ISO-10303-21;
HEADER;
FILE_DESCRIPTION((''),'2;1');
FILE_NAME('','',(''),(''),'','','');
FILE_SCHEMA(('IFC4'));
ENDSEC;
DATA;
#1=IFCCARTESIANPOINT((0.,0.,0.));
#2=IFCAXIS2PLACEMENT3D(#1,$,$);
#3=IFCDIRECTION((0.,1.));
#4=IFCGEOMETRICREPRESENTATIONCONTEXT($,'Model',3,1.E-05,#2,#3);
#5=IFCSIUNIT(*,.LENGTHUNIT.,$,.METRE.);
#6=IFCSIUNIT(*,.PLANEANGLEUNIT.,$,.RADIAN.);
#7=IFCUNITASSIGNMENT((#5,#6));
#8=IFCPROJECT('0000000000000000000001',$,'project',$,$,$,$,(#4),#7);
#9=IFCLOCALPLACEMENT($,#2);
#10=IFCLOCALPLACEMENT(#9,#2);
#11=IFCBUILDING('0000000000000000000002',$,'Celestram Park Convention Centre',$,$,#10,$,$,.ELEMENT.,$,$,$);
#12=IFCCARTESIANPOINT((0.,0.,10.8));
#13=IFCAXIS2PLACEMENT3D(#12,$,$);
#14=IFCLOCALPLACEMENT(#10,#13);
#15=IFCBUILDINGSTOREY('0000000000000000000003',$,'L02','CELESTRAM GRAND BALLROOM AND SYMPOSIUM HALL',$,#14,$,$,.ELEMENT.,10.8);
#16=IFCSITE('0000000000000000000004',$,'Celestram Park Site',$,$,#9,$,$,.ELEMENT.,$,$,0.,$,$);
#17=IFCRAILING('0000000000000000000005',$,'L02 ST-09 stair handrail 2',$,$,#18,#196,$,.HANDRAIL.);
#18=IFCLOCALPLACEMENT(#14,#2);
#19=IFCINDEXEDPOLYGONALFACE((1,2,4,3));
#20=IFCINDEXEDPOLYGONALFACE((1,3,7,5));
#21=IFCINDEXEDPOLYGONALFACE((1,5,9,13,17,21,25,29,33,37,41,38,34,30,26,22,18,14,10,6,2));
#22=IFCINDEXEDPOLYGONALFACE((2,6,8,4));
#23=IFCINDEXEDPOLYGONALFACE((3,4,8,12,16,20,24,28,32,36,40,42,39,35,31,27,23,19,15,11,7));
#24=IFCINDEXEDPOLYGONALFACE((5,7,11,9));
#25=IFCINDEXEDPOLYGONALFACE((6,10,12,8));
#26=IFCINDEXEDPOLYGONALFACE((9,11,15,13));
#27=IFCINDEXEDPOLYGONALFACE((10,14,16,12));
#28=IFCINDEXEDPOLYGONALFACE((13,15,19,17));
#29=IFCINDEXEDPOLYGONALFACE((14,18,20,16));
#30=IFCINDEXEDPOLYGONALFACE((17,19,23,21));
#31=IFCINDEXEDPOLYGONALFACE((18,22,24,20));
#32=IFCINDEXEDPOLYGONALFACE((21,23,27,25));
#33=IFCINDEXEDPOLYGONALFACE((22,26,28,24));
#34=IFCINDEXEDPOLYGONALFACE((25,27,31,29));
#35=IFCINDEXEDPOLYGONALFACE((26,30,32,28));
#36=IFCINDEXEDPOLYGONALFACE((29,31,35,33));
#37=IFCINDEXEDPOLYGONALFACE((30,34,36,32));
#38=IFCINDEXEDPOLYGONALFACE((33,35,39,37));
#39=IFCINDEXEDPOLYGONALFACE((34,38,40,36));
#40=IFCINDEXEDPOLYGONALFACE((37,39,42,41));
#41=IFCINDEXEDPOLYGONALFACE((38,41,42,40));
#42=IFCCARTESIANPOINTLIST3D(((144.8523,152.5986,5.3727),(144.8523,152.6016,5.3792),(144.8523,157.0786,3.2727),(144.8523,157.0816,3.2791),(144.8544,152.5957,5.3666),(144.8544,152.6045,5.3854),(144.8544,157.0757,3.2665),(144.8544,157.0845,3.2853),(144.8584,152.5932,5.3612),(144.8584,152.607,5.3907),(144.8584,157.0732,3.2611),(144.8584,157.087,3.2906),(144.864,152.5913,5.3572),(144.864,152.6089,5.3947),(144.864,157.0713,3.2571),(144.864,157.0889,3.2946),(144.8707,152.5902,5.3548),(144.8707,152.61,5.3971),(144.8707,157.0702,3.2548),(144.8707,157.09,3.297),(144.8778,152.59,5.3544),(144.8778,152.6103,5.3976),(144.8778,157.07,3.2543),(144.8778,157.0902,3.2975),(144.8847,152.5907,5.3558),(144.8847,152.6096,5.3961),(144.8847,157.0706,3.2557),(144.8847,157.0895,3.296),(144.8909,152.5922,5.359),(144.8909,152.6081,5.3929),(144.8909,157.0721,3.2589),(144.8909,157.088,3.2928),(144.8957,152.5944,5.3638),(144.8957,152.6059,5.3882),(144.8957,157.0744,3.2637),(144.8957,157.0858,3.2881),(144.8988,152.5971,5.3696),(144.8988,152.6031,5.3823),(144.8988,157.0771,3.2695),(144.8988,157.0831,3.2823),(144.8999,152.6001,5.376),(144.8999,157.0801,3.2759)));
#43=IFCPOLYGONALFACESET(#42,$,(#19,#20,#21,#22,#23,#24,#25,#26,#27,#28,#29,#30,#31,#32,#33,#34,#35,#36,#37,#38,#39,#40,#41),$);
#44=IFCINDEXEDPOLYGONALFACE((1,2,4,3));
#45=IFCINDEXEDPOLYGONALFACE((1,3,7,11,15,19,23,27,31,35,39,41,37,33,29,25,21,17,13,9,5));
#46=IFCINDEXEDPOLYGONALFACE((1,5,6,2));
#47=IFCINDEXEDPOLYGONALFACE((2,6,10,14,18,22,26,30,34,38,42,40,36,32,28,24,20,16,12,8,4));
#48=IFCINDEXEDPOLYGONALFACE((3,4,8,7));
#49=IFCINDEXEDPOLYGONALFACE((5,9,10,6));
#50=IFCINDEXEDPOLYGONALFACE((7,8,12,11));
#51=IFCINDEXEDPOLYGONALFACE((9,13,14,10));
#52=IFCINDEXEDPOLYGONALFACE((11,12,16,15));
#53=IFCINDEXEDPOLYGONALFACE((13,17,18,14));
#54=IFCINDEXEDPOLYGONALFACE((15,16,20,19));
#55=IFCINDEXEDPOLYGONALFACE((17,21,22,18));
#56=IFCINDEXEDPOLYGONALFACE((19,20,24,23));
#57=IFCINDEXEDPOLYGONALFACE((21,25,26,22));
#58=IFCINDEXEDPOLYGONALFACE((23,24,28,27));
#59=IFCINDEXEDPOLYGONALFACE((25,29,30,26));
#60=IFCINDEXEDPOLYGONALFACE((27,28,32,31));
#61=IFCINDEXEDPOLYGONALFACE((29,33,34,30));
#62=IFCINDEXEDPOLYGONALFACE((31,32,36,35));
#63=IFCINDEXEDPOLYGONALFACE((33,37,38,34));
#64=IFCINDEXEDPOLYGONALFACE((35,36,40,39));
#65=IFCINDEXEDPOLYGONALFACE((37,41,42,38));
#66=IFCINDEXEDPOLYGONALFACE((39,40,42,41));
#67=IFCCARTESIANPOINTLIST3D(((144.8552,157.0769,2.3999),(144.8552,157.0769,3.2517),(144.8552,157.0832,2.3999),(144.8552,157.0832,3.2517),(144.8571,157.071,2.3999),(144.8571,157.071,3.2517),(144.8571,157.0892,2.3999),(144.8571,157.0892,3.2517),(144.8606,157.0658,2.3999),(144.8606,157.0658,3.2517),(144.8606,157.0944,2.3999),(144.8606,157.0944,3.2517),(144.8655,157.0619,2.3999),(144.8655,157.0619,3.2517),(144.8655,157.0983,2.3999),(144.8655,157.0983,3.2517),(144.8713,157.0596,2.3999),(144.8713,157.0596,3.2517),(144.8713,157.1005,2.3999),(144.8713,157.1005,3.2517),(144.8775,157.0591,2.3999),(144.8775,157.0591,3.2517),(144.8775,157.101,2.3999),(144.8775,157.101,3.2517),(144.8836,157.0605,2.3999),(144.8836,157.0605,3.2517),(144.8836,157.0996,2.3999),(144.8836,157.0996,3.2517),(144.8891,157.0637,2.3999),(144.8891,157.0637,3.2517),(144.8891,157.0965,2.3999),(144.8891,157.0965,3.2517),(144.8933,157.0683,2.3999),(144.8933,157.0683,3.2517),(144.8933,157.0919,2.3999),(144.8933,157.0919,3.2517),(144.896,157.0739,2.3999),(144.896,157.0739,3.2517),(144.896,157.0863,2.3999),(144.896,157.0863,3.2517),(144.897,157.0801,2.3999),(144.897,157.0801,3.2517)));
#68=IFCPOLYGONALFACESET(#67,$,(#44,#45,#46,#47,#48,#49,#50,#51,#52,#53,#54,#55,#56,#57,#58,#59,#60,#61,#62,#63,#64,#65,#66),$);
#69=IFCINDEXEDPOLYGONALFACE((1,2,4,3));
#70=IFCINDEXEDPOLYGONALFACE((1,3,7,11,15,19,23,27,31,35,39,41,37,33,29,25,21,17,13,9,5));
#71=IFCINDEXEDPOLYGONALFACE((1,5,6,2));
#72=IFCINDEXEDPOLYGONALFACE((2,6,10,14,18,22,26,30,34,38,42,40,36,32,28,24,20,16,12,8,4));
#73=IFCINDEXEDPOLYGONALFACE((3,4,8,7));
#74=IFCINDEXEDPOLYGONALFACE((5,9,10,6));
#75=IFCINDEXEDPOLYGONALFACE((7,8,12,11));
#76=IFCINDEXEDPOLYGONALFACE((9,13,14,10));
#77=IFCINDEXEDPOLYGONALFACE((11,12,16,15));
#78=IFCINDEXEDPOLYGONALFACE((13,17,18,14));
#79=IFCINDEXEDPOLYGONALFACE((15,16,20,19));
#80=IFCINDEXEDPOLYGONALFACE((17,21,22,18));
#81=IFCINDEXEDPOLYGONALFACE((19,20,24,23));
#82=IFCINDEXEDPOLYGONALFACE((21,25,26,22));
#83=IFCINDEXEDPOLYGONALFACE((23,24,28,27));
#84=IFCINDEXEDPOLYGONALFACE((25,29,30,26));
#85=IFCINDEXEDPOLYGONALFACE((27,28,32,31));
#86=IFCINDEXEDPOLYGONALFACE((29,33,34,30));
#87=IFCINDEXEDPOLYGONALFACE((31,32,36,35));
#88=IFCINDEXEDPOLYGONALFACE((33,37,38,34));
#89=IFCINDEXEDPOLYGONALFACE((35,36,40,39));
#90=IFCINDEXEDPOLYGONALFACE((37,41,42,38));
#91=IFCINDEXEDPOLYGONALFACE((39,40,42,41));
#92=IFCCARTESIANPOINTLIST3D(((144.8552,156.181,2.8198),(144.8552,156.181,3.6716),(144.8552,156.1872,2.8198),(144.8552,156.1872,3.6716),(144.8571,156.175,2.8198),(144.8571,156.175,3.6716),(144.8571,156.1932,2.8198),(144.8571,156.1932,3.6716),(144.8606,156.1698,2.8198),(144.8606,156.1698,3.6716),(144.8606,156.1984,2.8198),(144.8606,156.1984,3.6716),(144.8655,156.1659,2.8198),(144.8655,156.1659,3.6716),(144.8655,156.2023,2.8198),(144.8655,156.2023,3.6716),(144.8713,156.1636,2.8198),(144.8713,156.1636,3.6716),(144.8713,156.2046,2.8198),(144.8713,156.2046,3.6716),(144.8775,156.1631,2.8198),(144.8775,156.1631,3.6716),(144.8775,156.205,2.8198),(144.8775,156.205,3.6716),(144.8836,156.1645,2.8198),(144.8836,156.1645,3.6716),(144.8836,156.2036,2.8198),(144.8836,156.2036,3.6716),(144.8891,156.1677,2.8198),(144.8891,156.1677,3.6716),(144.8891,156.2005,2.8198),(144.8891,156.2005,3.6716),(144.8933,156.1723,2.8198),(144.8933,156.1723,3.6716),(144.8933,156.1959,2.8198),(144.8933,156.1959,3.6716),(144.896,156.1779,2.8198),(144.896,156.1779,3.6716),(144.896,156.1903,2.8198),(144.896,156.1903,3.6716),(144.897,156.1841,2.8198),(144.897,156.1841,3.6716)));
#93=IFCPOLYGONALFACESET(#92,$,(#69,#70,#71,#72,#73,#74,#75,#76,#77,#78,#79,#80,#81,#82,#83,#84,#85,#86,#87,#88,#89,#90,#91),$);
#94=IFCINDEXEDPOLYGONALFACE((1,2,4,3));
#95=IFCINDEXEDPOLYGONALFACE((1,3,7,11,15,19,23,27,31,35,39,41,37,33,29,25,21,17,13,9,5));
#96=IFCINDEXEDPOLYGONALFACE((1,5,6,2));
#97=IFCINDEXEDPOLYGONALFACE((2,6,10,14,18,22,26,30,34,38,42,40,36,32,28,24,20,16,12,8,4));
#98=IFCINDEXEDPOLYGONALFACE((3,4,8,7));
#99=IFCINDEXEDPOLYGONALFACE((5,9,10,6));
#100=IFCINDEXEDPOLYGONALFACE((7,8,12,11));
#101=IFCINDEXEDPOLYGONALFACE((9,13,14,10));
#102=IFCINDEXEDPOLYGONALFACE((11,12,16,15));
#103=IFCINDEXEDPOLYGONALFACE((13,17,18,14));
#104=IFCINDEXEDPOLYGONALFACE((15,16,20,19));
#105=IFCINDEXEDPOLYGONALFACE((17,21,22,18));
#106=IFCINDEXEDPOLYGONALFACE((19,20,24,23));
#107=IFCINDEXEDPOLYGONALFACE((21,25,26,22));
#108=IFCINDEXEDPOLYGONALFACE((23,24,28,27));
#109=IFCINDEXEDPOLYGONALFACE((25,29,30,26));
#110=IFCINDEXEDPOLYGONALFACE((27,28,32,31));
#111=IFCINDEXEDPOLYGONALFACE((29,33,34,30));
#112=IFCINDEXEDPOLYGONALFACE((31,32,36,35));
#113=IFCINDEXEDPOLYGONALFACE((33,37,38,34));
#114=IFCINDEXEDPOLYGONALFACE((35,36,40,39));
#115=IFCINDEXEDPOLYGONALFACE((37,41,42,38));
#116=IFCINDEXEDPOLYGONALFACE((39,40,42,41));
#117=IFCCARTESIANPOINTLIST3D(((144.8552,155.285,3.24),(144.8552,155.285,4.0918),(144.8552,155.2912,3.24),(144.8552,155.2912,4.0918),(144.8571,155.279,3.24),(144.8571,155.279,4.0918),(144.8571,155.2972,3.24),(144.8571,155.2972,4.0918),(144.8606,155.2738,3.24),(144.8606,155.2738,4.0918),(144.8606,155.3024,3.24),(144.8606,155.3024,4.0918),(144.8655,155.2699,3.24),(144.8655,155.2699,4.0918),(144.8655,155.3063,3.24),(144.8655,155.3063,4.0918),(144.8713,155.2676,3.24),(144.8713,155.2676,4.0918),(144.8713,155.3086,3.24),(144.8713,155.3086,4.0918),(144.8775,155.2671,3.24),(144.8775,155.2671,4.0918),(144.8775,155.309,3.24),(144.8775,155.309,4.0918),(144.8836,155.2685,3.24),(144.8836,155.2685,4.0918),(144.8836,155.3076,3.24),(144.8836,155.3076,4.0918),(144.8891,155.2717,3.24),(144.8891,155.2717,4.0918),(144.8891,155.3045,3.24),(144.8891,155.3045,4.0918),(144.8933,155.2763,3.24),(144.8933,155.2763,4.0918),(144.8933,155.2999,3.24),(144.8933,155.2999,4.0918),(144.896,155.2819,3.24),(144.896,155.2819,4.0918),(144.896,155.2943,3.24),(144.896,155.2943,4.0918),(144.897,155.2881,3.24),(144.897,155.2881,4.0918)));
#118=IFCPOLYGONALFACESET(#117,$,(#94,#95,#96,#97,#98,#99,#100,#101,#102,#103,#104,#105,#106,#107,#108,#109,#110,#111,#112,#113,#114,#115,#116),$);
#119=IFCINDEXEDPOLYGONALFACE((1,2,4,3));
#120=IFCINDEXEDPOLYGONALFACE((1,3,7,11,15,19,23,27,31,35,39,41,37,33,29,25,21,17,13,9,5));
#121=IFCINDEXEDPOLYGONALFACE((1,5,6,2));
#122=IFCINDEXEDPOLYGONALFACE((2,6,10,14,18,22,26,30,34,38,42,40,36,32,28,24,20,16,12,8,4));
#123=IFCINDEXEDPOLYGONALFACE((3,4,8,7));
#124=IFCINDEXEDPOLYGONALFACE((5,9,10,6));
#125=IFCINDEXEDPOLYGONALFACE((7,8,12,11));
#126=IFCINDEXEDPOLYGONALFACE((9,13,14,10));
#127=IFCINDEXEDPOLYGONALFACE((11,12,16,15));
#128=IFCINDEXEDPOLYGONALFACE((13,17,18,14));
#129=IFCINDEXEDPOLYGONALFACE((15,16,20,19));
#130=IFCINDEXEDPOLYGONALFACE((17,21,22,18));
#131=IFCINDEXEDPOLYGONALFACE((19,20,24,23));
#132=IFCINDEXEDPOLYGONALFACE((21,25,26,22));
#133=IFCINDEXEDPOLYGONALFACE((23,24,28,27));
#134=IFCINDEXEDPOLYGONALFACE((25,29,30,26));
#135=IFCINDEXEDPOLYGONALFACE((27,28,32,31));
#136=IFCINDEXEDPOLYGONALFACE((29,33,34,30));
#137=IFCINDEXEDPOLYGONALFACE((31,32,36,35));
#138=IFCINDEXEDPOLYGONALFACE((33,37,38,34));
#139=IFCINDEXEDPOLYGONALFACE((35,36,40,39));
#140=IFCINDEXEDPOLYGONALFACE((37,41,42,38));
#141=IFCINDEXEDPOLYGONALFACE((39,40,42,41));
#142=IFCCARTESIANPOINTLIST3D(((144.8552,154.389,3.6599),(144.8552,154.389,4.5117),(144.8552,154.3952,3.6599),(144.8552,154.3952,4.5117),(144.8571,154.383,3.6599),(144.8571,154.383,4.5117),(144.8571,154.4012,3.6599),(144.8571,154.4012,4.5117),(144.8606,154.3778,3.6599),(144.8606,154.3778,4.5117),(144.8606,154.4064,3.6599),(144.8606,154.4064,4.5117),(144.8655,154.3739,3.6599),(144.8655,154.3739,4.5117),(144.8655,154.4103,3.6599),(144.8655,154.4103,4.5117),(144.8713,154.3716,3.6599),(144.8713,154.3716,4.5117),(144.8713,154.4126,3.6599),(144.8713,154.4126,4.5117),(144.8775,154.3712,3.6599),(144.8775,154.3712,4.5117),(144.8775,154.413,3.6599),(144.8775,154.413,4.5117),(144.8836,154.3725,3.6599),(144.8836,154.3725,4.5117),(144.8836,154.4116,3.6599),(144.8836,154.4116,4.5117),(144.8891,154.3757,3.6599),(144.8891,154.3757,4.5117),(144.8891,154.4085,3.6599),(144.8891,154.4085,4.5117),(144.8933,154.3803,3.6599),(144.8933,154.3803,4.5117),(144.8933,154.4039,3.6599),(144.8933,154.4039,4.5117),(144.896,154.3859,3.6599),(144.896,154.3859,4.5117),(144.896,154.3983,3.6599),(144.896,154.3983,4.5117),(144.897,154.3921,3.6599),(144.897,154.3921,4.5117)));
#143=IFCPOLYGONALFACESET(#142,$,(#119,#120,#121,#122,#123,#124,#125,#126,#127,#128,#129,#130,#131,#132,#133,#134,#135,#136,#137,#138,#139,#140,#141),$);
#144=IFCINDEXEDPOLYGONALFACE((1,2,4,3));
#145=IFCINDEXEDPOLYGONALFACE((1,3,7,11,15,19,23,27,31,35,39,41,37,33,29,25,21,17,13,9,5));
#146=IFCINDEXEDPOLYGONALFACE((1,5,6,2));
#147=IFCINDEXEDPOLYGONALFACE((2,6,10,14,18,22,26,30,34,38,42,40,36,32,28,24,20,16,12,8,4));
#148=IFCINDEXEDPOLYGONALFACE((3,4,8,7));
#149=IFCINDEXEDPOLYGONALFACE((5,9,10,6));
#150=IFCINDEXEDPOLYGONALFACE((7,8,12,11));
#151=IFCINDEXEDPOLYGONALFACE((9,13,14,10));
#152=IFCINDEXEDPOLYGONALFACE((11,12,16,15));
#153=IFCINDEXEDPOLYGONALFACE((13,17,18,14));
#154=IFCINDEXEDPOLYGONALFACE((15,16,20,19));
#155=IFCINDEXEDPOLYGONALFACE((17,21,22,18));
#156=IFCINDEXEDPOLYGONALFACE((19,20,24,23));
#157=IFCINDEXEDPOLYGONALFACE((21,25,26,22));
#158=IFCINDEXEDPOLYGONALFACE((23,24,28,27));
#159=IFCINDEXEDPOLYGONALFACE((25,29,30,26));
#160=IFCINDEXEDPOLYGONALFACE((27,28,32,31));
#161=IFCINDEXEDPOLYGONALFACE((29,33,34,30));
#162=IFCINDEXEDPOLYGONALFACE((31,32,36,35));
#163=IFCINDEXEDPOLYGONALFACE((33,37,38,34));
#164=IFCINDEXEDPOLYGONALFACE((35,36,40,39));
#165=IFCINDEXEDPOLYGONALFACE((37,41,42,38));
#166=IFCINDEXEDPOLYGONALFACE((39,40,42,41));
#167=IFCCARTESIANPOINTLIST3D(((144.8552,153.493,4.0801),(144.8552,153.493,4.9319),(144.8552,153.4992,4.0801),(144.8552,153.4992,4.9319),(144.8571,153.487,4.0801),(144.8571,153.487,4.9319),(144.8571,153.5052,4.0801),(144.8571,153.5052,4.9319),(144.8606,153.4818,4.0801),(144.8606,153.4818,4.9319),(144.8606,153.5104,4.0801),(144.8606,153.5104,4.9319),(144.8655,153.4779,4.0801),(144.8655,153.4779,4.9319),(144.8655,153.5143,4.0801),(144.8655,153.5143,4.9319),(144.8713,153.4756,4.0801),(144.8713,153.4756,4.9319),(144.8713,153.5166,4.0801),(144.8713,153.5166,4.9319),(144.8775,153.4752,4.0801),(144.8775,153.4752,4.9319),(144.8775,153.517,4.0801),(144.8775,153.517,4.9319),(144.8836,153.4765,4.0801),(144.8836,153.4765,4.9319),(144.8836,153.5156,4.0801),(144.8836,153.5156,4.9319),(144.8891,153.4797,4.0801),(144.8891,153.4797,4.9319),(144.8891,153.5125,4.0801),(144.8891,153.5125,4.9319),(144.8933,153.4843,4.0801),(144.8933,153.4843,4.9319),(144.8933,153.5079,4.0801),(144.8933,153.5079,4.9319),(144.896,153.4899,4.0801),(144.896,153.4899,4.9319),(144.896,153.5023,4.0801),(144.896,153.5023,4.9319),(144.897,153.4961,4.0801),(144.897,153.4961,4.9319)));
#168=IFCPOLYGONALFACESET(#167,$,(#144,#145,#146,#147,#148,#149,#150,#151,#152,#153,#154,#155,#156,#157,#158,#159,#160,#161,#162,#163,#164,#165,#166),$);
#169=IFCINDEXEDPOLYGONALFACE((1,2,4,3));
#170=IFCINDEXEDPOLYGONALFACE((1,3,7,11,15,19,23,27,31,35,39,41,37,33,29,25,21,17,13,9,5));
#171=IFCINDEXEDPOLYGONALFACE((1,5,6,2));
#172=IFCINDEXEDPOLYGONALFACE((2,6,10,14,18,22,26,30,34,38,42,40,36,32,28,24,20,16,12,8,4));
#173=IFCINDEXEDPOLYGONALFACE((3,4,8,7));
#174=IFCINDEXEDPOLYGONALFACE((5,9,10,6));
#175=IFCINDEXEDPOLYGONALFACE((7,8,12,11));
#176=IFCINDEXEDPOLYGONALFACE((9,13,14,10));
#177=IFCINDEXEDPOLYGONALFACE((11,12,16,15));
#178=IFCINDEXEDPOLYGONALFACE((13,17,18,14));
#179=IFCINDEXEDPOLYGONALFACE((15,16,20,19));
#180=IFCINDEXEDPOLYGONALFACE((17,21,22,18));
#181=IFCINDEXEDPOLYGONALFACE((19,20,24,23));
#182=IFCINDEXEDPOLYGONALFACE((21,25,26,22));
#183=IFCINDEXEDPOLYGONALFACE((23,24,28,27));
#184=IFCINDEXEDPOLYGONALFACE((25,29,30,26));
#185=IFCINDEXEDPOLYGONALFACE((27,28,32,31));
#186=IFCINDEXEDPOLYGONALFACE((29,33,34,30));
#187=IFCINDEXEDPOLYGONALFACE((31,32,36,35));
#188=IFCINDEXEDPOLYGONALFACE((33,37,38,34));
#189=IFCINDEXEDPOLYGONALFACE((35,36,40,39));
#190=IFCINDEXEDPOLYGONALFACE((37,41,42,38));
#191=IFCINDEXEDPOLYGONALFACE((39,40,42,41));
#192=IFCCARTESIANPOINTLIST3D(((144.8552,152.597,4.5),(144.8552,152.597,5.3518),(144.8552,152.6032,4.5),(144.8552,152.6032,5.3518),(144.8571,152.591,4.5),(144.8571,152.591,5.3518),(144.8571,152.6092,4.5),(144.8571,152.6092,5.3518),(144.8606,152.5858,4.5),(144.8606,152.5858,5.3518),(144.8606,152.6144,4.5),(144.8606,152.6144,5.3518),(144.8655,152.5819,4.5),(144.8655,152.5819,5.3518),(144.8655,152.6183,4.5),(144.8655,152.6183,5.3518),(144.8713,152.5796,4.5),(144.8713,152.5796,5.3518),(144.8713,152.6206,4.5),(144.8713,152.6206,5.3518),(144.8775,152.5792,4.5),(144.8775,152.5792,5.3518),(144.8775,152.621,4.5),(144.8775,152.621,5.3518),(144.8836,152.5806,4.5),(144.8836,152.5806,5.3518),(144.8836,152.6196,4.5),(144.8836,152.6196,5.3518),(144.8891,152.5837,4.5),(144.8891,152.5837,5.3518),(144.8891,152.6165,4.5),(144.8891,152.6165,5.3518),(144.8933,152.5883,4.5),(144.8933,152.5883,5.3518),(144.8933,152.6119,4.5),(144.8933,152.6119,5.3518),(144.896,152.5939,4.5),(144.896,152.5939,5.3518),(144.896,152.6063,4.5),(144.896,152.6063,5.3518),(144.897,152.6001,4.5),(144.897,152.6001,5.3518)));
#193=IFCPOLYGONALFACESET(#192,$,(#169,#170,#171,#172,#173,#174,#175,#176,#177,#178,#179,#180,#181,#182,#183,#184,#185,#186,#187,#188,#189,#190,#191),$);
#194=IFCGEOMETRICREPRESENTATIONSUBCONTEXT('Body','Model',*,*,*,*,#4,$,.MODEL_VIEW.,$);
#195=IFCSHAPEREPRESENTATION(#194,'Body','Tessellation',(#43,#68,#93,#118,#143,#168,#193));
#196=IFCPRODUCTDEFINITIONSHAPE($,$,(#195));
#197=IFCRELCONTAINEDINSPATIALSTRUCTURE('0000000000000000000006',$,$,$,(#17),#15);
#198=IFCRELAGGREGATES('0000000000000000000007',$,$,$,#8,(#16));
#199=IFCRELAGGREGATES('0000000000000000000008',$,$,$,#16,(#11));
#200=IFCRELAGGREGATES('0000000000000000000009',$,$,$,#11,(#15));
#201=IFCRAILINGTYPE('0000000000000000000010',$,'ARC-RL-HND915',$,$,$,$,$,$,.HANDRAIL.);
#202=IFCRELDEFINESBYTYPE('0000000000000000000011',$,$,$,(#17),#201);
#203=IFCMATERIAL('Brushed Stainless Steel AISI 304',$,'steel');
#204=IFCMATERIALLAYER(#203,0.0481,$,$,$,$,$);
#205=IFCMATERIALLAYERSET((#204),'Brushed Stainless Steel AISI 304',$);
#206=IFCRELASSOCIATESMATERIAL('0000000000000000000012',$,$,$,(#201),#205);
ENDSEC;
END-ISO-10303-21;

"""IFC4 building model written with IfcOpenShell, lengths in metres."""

from ifc_helpers import new_model, si_unit, direction, frame, origin, origin_2d, place, context, subcontext, project, spatial, circle, extrude, material, layer, layer_set, type_object, element, save


model = new_model("IFC4")

# Units and contexts
model_context = context("Model", 3, precision=1e-05, world=origin(), true_north=direction((0.0, 1.0)))
body_context = subcontext(model_context, "Body", "Model", "MODEL_VIEW")
ifc_project = project(units=[si_unit("LENGTHUNIT", "METRE"), si_unit("PLANEANGLEUNIT", "RADIAN")], contexts=[model_context])

# Site, building, storey
site_placement = place(None, origin())
site = spatial("IfcSite", under=ifc_project, at=site_placement, Name="Celestram Park Site", CompositionType="ELEMENT", RefElevation=0.0)
building_placement = place(site_placement, origin())
building = spatial("IfcBuilding", under=site, at=building_placement, Name="Celestram Park Convention Centre", CompositionType="ELEMENT")
storey_placement = place(building_placement, frame((0.0, 0.0, 10.8)))
storey = spatial("IfcBuildingStorey", under=building, at=storey_placement, Name="L02", Description="CELESTRAM GRAND BALLROOM AND SYMPOSIUM HALL", CompositionType="ELEMENT", Elevation=10.8)

# Railing
ifc_material_1 = material(Name="Brushed Stainless Steel AISI 304", Category="steel")
ifc_layer_1 = layer(ifc_material_1, 0.0481)
ifc_layer_set_1 = layer_set([ifc_layer_1], Name="Brushed Stainless Steel AISI 304")
railing_type_1 = type_object("IfcRailingType", Name="ARC-RL-HND915", PredefinedType="HANDRAIL", material=ifc_layer_set_1)
railing_1_placement = place(storey_placement, frame((144.876, 157.0801, 2.3999)))
element("IfcRailing", 1, at=railing_1_placement, inside=storey, type_object=railing_type_1, Name="L02 ST-09 stair handrail 2", PredefinedType="HANDRAIL", context=body_context, shape_type="SweptSolid", body=[
    extrude(circle(Radius=0.0239, at=origin_2d()), frame((0.0, 0.0, 0.876), z_axis=(0.0, -0.905451, 0.424452), x_axis=(1.0, 0.0, 0.0)), (0.0, 0.0, 1.0), 4.9478),
    extrude(circle(Radius=0.021, at=origin_2d()), origin(), (0.0, 0.0, 1.0), 0.8518),
    extrude(circle(Radius=0.021, at=origin_2d()), frame((0.0, -0.896, 0.4199)), (0.0, 0.0, 1.0), 0.8518),
    extrude(circle(Radius=0.021, at=origin_2d()), frame((0.0, -1.792, 0.8401)), (0.0, 0.0, 1.0), 0.8518),
    extrude(circle(Radius=0.021, at=origin_2d()), frame((0.0, -2.688, 1.26)), (0.0, 0.0, 1.0), 0.8518),
    extrude(circle(Radius=0.021, at=origin_2d()), frame((0.0, -3.584, 1.6802)), (0.0, 0.0, 1.0), 0.8518),
    extrude(circle(Radius=0.021, at=origin_2d()), frame((0.0, -4.48, 2.1001)), (0.0, 0.0, 1.0), 0.8518),
])

save(model, "model.ifc")
